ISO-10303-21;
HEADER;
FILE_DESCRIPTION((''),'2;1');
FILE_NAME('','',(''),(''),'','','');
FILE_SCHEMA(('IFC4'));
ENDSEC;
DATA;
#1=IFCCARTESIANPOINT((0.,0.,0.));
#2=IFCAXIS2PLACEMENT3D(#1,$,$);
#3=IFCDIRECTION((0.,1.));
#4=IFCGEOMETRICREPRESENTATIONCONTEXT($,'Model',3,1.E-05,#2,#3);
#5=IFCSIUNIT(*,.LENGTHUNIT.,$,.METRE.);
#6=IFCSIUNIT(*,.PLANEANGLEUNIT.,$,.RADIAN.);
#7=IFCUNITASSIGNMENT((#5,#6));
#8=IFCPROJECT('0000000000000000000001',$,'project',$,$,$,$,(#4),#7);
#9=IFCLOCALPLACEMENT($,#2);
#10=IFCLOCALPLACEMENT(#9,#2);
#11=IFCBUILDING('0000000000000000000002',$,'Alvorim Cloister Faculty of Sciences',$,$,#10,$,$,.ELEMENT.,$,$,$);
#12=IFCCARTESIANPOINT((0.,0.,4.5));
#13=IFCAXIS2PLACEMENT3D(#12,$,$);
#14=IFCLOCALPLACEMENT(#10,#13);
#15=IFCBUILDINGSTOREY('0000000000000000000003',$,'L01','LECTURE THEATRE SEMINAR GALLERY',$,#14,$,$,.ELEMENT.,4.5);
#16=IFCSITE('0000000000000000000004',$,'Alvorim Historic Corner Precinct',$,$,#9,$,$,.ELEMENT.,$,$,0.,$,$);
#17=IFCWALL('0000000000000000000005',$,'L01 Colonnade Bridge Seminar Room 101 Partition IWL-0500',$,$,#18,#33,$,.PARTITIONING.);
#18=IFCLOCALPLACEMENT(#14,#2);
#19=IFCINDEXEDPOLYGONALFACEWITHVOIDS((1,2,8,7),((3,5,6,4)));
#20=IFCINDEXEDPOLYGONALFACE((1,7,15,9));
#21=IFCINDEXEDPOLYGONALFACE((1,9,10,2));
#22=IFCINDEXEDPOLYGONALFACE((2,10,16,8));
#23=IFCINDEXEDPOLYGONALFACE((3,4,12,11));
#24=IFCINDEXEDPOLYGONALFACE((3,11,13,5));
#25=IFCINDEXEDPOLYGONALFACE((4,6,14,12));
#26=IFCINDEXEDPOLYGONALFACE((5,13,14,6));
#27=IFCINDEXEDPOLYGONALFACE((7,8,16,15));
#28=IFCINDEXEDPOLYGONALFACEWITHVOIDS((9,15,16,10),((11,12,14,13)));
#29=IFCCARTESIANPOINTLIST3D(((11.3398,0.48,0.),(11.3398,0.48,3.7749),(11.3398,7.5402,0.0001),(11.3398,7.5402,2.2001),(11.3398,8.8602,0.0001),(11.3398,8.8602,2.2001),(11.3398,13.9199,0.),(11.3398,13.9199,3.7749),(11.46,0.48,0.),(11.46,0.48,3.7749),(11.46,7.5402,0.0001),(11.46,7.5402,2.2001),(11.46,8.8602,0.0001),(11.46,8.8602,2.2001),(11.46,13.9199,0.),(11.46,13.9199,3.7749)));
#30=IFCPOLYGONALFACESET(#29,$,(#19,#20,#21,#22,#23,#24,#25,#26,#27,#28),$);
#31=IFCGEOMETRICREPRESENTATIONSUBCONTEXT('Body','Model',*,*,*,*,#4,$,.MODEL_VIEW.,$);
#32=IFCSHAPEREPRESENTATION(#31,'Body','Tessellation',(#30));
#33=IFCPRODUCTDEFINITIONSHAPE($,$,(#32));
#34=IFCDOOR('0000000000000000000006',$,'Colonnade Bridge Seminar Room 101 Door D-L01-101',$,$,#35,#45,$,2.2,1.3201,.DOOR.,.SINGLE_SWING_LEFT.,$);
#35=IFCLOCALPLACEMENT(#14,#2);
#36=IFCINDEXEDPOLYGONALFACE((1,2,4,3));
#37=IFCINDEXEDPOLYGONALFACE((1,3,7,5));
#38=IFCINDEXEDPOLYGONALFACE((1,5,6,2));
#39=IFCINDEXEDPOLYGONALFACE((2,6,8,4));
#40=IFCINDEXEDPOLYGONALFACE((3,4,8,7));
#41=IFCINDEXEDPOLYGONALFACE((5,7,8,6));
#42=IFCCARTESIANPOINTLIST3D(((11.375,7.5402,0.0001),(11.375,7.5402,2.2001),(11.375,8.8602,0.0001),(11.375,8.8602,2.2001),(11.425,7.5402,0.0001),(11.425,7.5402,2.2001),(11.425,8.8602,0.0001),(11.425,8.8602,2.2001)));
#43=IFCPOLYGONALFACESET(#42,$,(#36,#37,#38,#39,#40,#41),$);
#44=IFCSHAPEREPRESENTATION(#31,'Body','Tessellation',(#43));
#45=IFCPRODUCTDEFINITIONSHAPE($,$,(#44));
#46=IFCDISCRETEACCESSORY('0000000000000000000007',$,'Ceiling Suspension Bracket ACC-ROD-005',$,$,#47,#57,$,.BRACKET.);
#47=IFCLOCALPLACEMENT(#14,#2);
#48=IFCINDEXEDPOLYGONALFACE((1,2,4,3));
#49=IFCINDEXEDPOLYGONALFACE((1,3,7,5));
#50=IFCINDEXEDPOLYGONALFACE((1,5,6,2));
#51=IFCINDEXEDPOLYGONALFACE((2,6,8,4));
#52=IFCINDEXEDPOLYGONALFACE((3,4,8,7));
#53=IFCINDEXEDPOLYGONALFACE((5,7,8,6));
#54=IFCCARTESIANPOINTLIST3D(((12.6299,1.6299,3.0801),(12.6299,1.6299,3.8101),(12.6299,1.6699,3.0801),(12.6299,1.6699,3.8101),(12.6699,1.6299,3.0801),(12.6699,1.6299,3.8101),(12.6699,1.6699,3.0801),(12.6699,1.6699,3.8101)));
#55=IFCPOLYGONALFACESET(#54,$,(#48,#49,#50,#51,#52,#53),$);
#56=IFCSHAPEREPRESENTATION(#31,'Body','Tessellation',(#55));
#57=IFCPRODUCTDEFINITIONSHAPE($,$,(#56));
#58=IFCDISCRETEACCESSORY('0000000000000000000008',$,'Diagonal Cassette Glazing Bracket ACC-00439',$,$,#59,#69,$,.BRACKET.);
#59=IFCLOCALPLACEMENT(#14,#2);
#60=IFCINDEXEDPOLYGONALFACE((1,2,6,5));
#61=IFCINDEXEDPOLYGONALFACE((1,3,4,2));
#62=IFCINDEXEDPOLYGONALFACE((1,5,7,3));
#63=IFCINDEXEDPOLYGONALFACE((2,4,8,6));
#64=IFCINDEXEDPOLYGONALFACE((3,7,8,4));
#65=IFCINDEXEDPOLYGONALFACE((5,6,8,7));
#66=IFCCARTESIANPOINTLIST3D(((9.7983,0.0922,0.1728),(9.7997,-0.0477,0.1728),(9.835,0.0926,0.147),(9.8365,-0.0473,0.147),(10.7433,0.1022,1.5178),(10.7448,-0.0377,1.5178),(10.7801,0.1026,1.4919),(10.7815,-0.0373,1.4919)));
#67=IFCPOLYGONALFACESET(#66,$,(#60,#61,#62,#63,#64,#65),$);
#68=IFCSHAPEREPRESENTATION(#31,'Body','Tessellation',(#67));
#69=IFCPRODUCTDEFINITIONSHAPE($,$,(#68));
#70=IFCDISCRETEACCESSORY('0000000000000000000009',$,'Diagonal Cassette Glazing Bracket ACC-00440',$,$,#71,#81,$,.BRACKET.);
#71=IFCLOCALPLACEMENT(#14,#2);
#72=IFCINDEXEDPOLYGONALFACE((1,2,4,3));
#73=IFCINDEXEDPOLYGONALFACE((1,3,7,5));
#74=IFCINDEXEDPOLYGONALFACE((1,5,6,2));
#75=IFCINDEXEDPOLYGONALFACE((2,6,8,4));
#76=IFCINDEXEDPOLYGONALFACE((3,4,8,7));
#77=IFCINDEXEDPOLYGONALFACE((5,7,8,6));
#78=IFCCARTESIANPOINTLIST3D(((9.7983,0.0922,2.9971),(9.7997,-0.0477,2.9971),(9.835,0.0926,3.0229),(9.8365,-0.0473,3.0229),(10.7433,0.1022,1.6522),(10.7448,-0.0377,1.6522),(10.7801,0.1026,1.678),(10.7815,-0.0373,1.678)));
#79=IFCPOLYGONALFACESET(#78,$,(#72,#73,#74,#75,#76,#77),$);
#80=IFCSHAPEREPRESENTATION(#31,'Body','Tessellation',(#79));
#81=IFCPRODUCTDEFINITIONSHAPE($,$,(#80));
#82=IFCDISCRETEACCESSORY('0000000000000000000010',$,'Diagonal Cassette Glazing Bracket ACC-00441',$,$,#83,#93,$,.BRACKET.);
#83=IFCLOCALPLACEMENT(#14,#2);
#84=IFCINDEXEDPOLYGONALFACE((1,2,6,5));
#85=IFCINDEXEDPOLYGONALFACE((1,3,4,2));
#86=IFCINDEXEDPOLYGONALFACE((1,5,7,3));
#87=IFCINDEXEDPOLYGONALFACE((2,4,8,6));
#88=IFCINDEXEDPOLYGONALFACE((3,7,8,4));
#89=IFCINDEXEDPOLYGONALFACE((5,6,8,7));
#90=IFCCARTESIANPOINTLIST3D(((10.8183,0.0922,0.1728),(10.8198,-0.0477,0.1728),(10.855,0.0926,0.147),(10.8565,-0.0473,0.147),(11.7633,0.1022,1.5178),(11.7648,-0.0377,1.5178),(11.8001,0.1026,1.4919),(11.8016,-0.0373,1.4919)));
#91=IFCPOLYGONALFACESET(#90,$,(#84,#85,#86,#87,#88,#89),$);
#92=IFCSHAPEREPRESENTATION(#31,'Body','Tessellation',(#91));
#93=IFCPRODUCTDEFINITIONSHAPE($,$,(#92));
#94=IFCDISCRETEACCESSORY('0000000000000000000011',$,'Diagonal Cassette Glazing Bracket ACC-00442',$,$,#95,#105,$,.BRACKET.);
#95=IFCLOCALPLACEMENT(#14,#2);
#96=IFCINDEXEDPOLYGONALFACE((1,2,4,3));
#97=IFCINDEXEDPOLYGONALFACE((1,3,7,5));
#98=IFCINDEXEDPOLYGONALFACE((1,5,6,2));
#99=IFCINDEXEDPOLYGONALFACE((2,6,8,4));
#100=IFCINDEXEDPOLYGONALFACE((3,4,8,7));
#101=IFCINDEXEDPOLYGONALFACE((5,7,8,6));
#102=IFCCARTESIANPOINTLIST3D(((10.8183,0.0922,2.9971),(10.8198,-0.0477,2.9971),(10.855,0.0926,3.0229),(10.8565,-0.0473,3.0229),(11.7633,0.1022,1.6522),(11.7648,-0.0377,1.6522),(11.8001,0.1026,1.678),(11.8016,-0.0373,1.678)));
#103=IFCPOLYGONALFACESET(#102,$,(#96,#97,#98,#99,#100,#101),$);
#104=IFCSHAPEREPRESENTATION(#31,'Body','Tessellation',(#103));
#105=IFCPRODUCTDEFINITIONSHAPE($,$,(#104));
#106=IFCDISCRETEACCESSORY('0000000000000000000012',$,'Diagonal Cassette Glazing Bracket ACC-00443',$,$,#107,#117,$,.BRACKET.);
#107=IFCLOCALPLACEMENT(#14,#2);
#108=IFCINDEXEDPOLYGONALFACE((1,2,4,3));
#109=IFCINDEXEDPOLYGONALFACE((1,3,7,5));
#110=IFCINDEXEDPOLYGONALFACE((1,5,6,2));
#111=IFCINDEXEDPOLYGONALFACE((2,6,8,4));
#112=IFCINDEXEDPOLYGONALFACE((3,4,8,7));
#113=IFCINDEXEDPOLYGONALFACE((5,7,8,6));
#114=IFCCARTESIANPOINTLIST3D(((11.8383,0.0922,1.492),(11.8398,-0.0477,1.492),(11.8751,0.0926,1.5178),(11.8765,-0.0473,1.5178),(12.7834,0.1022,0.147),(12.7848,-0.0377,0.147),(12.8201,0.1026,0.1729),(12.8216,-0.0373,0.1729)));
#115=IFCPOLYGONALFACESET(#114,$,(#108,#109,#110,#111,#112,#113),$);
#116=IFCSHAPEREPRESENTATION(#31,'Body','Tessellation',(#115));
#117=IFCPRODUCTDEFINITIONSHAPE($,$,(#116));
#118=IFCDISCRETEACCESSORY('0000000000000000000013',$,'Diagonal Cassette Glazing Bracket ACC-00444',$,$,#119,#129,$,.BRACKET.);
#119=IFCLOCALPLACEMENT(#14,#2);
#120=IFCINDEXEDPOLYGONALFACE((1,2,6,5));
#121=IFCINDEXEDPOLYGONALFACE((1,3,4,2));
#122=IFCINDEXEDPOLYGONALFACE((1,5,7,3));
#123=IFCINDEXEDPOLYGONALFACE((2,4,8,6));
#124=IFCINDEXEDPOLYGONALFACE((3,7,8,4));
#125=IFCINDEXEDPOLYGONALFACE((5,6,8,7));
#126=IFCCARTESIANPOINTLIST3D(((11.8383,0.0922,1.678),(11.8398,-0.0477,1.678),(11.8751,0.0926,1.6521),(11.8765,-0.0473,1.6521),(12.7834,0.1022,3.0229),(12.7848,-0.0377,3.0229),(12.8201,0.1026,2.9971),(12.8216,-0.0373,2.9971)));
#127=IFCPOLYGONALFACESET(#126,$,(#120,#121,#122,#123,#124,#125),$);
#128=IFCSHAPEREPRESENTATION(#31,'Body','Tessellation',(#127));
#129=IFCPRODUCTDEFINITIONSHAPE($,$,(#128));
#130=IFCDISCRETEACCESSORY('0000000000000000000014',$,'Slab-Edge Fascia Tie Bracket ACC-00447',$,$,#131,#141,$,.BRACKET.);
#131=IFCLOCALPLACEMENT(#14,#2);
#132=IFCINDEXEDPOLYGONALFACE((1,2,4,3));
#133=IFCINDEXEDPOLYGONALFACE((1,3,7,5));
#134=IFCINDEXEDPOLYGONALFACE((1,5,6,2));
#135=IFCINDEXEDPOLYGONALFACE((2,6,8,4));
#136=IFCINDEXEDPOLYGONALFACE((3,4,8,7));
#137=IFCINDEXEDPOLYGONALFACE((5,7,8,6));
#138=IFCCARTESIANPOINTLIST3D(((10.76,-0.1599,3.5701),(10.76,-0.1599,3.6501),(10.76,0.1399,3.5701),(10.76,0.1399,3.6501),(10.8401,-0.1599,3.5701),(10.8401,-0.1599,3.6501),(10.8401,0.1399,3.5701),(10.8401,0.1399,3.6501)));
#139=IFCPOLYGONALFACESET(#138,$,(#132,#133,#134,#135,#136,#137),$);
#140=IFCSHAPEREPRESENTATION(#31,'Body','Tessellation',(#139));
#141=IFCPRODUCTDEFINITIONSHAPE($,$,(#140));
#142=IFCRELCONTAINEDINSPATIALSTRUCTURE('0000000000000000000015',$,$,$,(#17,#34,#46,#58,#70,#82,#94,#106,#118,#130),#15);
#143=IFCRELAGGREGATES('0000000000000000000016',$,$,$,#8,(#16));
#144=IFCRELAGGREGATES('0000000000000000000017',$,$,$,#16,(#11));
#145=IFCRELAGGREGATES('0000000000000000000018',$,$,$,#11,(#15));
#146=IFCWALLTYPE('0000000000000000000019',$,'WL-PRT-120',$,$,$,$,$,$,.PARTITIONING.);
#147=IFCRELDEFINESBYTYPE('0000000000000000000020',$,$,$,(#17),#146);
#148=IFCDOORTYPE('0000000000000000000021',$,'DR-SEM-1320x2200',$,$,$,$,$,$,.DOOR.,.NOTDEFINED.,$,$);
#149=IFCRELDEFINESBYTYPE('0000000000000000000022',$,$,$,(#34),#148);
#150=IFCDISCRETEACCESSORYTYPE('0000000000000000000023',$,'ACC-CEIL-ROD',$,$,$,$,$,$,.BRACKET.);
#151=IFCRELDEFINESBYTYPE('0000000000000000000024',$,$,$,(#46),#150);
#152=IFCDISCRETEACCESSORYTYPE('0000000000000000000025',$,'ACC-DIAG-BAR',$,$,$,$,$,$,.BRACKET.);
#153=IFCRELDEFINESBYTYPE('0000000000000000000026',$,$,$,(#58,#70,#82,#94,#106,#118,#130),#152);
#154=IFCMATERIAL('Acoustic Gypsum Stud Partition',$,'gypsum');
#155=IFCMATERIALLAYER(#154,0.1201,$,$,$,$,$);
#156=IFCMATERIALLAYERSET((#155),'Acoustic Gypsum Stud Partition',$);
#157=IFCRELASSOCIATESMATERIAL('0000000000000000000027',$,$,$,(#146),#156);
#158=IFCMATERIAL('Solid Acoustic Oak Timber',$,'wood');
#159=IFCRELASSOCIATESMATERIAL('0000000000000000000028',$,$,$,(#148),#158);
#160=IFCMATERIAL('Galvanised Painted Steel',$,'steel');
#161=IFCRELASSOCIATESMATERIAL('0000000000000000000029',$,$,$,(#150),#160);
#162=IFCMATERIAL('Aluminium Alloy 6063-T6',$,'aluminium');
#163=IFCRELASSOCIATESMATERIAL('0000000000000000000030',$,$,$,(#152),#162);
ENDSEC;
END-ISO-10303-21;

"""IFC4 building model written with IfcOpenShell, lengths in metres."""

from ifc_helpers import new_model, si_unit, direction, frame, frame_2d, origin, origin_2d, place, context, subcontext, project, spatial, rectangle, extrude, material, layer, layer_set, type_object, element, fill, save


model = new_model("IFC4")

# Units and contexts
model_context = context("Model", 3, precision=1e-05, world=origin(), true_north=direction((0.0, 1.0)))
body_context = subcontext(model_context, "Body", "Model", "MODEL_VIEW")
ifc_project = project(units=[si_unit("LENGTHUNIT", "METRE"), si_unit("PLANEANGLEUNIT", "RADIAN")], contexts=[model_context])

# Site, building, storey
site_placement = place(None, origin())
site = spatial("IfcSite", under=ifc_project, at=site_placement, Name="Alvorim Historic Corner Precinct", CompositionType="ELEMENT", RefElevation=0.0)
building_placement = place(site_placement, origin())
building = spatial("IfcBuilding", under=site, at=building_placement, Name="Alvorim Cloister Faculty of Sciences", CompositionType="ELEMENT")
storey_placement = place(building_placement, frame((0.0, 0.0, 4.5)))
storey = spatial("IfcBuildingStorey", under=building, at=storey_placement, Name="L01", Description="LECTURE THEATRE SEMINAR GALLERY", CompositionType="ELEMENT", Elevation=4.5)

# Shared definitions
ifc_material_1 = material(Name="Aluminium Alloy 6063-T6", Category="aluminium")

# Wall, opening, door
ifc_material_2 = material(Name="Acoustic Gypsum Stud Partition", Category="gypsum")
ifc_layer_1 = layer(ifc_material_2, 0.1201)
ifc_layer_set_1 = layer_set([ifc_layer_1], Name="Acoustic Gypsum Stud Partition")
wall_type = type_object("IfcWallType", Name="WL-PRT-120", PredefinedType="PARTITIONING", material=ifc_layer_set_1)
wall_placement = place(storey_placement, frame((11.3999, 0.48, 0.0), z_axis=(0.0, 0.0, 1.0), x_axis=(0.0, 1.0, 0.0)))
wall = element("IfcWall", 1, at=wall_placement, inside=storey, type_object=wall_type, Name="L01 Colonnade Bridge Seminar Room 101 Partition IWL-0500", PredefinedType="PARTITIONING", context=body_context, shape_type="SweptSolid", body=[
    extrude(rectangle(XDim=13.4399, YDim=0.1201, at=frame_2d((6.72, 0.0))), origin(), (0.0, 0.0, 1.0), 3.7749),
])
opening_placement = place(wall_placement, frame((7.0601, 0.0, 0.0)))
opening = element("IfcOpeningElement", 2, at=opening_placement, cuts=wall, PredefinedType="OPENING", context=body_context, shape_type="SweptSolid", body=[
    extrude(rectangle(XDim=1.3201, YDim=2.2, at=frame_2d((0.6602, 1.1001))), frame((0.0, 0.072, 0.0), z_axis=(0.0, -1.0, 0.0), x_axis=(1.0, 0.0, 0.0)), (0.0, 0.0, 1.0), 0.144),
])
ifc_material_3 = material(Name="Solid Acoustic Oak Timber", Category="wood")
door_type = type_object("IfcDoorType", Name="DR-SEM-1320x2200", OperationType="NOTDEFINED", PredefinedType="DOOR", material=ifc_material_3)
door_placement = place(opening_placement, origin())
door = element("IfcDoor", 3, at=door_placement, inside=storey, type_object=door_type, Name="Colonnade Bridge Seminar Room 101 Door D-L01-101", OperationType="SINGLE_SWING_LEFT", OverallHeight=2.2, OverallWidth=1.3201, PredefinedType="DOOR", context=body_context, shape_type="SweptSolid", body=[
    extrude(rectangle(XDim=1.3201, YDim=2.2, at=frame_2d((0.6602, 1.1001))), frame((0.0, 0.0249, 0.0), z_axis=(0.0, -1.0, 0.0), x_axis=(1.0, 0.0, 0.0)), (0.0, 0.0, 1.0), 0.05),
])
fill(opening, door)

# Discrete accessories
ifc_material_4 = material(Name="Galvanised Painted Steel", Category="steel")
discrete_accessory_type_1 = type_object("IfcDiscreteAccessoryType", Name="ACC-CEIL-ROD", PredefinedType="BRACKET", material=ifc_material_4)
discrete_accessory_1_placement = place(storey_placement, frame((12.6499, 1.6499, 3.0801), z_axis=(0.0, 0.0, 1.0), x_axis=(1.0, 0.0, 0.0)))
element("IfcDiscreteAccessory", 4, at=discrete_accessory_1_placement, inside=storey, type_object=discrete_accessory_type_1, Name="Ceiling Suspension Bracket ACC-ROD-005", PredefinedType="BRACKET", context=body_context, shape_type="SweptSolid", body=[
    extrude(rectangle(XDim=0.04, YDim=0.04, at=origin_2d()), origin(), (0.0, 0.0, 1.0), 0.73),
])
discrete_accessory_type_2 = type_object("IfcDiscreteAccessoryType", Name="ACC-DIAG-BAR", PredefinedType="BRACKET", material=ifc_material_1)
for number, where, z_axis, x_axis, name in (
    (5, (9.8174, 0.0225, 0.1599), (0.574916, 0.006089, 0.81819), (-0.010591, 0.999944, 0.0), "Diagonal Cassette Glazing Bracket ACC-00439"),
    (6, (9.8174, 0.0225, 3.01), (0.574916, 0.006089, -0.81819), (-0.010591, 0.999944, 0.0), "Diagonal Cassette Glazing Bracket ACC-00440"),
    (7, (10.8374, 0.0225, 0.1599), (0.574916, 0.006089, 0.81819), (-0.010591, 0.999944, 0.0), "Diagonal Cassette Glazing Bracket ACC-00441"),
    (8, (10.8374, 0.0225, 3.01), (0.574916, 0.006089, -0.81819), (-0.010591, 0.999944, 0.0), "Diagonal Cassette Glazing Bracket ACC-00442"),
    (9, (11.8574, 0.0225, 1.5049), (0.574916, 0.006089, -0.81819), (-0.010591, 0.999944, 0.0), "Diagonal Cassette Glazing Bracket ACC-00443"),
    (10, (11.8574, 0.0225, 1.665), (0.574916, 0.006089, 0.81819), (-0.010591, 0.999944, 0.0), "Diagonal Cassette Glazing Bracket ACC-00444"),
):
    element("IfcDiscreteAccessory", number, at=place(storey_placement, frame(where, z_axis=z_axis, x_axis=x_axis)), inside=storey, type_object=discrete_accessory_type_2, Name=name, PredefinedType="BRACKET", context=body_context, shape_type="SweptSolid", body=[
        extrude(rectangle(XDim=0.1399, YDim=0.0449, at=origin_2d()), origin(), (0.0, 0.0, 1.0), 1.6438),
    ])
discrete_accessory_2_placement = place(storey_placement, frame((10.8, 0.1399, 3.6101), z_axis=(0.0, -1.0, 0.0), x_axis=(1.0, 0.0, 0.0)))
element("IfcDiscreteAccessory", 11, at=discrete_accessory_2_placement, inside=storey, type_object=discrete_accessory_type_2, Name="Slab-Edge Fascia Tie Bracket ACC-00447", PredefinedType="BRACKET", context=body_context, shape_type="SweptSolid", body=[
    extrude(rectangle(XDim=0.0801, YDim=0.0801, at=origin_2d()), origin(), (0.0, 0.0, 1.0), 0.2998),
])

save(model, "model.ifc")
